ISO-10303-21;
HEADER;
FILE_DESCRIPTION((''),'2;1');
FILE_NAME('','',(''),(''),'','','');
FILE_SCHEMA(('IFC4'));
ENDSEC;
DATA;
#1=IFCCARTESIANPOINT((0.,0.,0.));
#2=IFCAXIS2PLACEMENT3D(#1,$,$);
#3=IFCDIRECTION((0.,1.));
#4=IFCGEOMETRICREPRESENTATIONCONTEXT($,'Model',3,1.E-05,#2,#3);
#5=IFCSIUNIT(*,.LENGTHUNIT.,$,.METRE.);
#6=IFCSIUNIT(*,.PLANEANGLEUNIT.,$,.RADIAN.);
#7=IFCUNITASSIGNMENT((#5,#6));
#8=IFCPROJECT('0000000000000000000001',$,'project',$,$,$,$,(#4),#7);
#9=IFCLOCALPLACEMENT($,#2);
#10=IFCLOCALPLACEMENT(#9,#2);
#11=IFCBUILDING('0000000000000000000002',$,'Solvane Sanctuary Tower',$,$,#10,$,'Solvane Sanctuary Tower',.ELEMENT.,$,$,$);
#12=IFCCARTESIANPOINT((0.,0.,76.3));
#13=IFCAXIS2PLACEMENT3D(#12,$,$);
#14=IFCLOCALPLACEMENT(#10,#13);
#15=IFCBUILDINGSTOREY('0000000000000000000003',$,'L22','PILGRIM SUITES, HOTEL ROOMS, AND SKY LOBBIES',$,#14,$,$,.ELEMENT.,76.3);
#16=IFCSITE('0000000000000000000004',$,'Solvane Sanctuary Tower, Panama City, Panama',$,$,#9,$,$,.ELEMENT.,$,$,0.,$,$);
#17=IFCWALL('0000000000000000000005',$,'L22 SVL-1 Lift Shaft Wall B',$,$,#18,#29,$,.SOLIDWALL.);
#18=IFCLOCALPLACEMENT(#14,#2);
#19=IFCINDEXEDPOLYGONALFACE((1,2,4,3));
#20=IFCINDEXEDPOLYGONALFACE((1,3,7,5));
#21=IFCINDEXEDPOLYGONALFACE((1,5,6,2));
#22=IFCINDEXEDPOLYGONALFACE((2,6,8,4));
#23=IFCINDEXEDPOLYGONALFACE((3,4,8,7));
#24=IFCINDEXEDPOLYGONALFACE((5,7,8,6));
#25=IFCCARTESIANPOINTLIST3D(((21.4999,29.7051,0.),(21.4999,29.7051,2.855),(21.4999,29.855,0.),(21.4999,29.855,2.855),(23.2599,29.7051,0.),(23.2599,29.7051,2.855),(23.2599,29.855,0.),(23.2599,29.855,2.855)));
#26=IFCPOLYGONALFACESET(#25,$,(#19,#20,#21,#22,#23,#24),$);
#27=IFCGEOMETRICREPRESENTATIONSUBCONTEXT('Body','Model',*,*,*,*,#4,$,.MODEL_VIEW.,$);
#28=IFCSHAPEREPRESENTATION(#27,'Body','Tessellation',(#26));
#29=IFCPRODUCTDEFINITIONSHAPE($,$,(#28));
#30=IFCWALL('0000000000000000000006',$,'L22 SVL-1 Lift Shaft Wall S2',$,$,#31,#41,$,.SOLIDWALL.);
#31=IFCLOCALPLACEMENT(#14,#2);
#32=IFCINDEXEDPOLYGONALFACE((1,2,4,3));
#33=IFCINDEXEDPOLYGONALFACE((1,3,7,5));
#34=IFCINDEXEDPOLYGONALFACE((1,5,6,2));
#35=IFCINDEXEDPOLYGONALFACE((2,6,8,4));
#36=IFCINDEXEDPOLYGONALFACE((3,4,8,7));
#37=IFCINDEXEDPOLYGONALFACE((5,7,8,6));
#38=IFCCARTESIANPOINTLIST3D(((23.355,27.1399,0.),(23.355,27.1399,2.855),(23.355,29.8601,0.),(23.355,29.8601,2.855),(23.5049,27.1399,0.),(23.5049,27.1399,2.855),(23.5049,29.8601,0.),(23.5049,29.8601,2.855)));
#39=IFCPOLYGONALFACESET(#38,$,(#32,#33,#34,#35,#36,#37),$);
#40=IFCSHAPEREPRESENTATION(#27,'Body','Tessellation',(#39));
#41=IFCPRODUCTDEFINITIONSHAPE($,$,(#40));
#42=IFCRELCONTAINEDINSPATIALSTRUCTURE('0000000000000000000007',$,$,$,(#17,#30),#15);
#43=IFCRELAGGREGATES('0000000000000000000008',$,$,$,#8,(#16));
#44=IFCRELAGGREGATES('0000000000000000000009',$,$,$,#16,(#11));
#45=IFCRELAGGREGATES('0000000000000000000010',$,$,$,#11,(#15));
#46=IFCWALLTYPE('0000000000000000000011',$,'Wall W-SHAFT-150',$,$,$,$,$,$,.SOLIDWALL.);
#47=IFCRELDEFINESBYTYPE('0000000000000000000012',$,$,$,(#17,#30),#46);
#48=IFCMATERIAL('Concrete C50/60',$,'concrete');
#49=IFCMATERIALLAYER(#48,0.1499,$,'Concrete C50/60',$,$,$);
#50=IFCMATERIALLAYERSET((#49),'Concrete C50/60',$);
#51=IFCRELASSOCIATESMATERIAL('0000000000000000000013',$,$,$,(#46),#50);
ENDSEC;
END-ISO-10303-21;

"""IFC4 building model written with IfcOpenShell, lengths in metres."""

from ifc_helpers import new_model, si_unit, direction, frame, frame_2d, origin, place, context, subcontext, project, spatial, rectangle, extrude, material, layer, layer_set, type_object, element, save


model = new_model("IFC4")

# Units and contexts
model_context = context("Model", 3, precision=1e-05, world=origin(), true_north=direction((0.0, 1.0)))
body_context = subcontext(model_context, "Body", "Model", "MODEL_VIEW")
ifc_project = project(units=[si_unit("LENGTHUNIT", "METRE"), si_unit("PLANEANGLEUNIT", "RADIAN")], contexts=[model_context])

# Site, building, storey
site_placement = place(None, origin())
site = spatial("IfcSite", under=ifc_project, at=site_placement, Name="Solvane Sanctuary Tower, Panama City, Panama", CompositionType="ELEMENT", RefElevation=0.0)
building_placement = place(site_placement, origin())
building = spatial("IfcBuilding", under=site, at=building_placement, Name="Solvane Sanctuary Tower", LongName="Solvane Sanctuary Tower", CompositionType="ELEMENT")
storey_placement = place(building_placement, frame((0.0, 0.0, 76.3)))
storey = spatial("IfcBuildingStorey", under=building, at=storey_placement, Name="L22", Description="PILGRIM SUITES, HOTEL ROOMS, AND SKY LOBBIES", CompositionType="ELEMENT", Elevation=76.3)

# Shared definitions
ifc_material_1 = material(Name="Concrete C50/60", Category="concrete")
ifc_layer_1 = layer(ifc_material_1, 0.1499, Name="Concrete C50/60")
ifc_layer_set_1 = layer_set([ifc_layer_1], Name="Concrete C50/60")
wall_type_1 = type_object("IfcWallType", Name="Wall W-SHAFT-150", PredefinedType="SOLIDWALL", material=ifc_layer_set_1)

# Walls
wall_1_placement = place(storey_placement, frame((21.5, 29.78, 0.0), z_axis=(0.0, 0.0, 1.0), x_axis=(1.0, 0.0, 0.0)))
element("IfcWall", 1, at=wall_1_placement, inside=storey, type_object=wall_type_1, Name="L22 SVL-1 Lift Shaft Wall B", PredefinedType="SOLIDWALL", context=body_context, shape_type="SweptSolid", body=[
    extrude(rectangle(XDim=1.76, YDim=0.1499, at=frame_2d((0.8799, 0.0))), origin(), (0.0, 0.0, 1.0), 2.855),
])
wall_2_placement = place(storey_placement, frame((23.4299, 27.1399, 0.0), z_axis=(0.0, 0.0, 1.0), x_axis=(0.0, 1.0, 0.0)))
element("IfcWall", 2, at=wall_2_placement, inside=storey, type_object=wall_type_1, Name="L22 SVL-1 Lift Shaft Wall S2", PredefinedType="SOLIDWALL", context=body_context, shape_type="SweptSolid", body=[
    extrude(rectangle(XDim=2.7202, YDim=0.1499, at=frame_2d((1.3601, 0.0))), origin(), (0.0, 0.0, 1.0), 2.855),
])

save(model, "model.ifc")
